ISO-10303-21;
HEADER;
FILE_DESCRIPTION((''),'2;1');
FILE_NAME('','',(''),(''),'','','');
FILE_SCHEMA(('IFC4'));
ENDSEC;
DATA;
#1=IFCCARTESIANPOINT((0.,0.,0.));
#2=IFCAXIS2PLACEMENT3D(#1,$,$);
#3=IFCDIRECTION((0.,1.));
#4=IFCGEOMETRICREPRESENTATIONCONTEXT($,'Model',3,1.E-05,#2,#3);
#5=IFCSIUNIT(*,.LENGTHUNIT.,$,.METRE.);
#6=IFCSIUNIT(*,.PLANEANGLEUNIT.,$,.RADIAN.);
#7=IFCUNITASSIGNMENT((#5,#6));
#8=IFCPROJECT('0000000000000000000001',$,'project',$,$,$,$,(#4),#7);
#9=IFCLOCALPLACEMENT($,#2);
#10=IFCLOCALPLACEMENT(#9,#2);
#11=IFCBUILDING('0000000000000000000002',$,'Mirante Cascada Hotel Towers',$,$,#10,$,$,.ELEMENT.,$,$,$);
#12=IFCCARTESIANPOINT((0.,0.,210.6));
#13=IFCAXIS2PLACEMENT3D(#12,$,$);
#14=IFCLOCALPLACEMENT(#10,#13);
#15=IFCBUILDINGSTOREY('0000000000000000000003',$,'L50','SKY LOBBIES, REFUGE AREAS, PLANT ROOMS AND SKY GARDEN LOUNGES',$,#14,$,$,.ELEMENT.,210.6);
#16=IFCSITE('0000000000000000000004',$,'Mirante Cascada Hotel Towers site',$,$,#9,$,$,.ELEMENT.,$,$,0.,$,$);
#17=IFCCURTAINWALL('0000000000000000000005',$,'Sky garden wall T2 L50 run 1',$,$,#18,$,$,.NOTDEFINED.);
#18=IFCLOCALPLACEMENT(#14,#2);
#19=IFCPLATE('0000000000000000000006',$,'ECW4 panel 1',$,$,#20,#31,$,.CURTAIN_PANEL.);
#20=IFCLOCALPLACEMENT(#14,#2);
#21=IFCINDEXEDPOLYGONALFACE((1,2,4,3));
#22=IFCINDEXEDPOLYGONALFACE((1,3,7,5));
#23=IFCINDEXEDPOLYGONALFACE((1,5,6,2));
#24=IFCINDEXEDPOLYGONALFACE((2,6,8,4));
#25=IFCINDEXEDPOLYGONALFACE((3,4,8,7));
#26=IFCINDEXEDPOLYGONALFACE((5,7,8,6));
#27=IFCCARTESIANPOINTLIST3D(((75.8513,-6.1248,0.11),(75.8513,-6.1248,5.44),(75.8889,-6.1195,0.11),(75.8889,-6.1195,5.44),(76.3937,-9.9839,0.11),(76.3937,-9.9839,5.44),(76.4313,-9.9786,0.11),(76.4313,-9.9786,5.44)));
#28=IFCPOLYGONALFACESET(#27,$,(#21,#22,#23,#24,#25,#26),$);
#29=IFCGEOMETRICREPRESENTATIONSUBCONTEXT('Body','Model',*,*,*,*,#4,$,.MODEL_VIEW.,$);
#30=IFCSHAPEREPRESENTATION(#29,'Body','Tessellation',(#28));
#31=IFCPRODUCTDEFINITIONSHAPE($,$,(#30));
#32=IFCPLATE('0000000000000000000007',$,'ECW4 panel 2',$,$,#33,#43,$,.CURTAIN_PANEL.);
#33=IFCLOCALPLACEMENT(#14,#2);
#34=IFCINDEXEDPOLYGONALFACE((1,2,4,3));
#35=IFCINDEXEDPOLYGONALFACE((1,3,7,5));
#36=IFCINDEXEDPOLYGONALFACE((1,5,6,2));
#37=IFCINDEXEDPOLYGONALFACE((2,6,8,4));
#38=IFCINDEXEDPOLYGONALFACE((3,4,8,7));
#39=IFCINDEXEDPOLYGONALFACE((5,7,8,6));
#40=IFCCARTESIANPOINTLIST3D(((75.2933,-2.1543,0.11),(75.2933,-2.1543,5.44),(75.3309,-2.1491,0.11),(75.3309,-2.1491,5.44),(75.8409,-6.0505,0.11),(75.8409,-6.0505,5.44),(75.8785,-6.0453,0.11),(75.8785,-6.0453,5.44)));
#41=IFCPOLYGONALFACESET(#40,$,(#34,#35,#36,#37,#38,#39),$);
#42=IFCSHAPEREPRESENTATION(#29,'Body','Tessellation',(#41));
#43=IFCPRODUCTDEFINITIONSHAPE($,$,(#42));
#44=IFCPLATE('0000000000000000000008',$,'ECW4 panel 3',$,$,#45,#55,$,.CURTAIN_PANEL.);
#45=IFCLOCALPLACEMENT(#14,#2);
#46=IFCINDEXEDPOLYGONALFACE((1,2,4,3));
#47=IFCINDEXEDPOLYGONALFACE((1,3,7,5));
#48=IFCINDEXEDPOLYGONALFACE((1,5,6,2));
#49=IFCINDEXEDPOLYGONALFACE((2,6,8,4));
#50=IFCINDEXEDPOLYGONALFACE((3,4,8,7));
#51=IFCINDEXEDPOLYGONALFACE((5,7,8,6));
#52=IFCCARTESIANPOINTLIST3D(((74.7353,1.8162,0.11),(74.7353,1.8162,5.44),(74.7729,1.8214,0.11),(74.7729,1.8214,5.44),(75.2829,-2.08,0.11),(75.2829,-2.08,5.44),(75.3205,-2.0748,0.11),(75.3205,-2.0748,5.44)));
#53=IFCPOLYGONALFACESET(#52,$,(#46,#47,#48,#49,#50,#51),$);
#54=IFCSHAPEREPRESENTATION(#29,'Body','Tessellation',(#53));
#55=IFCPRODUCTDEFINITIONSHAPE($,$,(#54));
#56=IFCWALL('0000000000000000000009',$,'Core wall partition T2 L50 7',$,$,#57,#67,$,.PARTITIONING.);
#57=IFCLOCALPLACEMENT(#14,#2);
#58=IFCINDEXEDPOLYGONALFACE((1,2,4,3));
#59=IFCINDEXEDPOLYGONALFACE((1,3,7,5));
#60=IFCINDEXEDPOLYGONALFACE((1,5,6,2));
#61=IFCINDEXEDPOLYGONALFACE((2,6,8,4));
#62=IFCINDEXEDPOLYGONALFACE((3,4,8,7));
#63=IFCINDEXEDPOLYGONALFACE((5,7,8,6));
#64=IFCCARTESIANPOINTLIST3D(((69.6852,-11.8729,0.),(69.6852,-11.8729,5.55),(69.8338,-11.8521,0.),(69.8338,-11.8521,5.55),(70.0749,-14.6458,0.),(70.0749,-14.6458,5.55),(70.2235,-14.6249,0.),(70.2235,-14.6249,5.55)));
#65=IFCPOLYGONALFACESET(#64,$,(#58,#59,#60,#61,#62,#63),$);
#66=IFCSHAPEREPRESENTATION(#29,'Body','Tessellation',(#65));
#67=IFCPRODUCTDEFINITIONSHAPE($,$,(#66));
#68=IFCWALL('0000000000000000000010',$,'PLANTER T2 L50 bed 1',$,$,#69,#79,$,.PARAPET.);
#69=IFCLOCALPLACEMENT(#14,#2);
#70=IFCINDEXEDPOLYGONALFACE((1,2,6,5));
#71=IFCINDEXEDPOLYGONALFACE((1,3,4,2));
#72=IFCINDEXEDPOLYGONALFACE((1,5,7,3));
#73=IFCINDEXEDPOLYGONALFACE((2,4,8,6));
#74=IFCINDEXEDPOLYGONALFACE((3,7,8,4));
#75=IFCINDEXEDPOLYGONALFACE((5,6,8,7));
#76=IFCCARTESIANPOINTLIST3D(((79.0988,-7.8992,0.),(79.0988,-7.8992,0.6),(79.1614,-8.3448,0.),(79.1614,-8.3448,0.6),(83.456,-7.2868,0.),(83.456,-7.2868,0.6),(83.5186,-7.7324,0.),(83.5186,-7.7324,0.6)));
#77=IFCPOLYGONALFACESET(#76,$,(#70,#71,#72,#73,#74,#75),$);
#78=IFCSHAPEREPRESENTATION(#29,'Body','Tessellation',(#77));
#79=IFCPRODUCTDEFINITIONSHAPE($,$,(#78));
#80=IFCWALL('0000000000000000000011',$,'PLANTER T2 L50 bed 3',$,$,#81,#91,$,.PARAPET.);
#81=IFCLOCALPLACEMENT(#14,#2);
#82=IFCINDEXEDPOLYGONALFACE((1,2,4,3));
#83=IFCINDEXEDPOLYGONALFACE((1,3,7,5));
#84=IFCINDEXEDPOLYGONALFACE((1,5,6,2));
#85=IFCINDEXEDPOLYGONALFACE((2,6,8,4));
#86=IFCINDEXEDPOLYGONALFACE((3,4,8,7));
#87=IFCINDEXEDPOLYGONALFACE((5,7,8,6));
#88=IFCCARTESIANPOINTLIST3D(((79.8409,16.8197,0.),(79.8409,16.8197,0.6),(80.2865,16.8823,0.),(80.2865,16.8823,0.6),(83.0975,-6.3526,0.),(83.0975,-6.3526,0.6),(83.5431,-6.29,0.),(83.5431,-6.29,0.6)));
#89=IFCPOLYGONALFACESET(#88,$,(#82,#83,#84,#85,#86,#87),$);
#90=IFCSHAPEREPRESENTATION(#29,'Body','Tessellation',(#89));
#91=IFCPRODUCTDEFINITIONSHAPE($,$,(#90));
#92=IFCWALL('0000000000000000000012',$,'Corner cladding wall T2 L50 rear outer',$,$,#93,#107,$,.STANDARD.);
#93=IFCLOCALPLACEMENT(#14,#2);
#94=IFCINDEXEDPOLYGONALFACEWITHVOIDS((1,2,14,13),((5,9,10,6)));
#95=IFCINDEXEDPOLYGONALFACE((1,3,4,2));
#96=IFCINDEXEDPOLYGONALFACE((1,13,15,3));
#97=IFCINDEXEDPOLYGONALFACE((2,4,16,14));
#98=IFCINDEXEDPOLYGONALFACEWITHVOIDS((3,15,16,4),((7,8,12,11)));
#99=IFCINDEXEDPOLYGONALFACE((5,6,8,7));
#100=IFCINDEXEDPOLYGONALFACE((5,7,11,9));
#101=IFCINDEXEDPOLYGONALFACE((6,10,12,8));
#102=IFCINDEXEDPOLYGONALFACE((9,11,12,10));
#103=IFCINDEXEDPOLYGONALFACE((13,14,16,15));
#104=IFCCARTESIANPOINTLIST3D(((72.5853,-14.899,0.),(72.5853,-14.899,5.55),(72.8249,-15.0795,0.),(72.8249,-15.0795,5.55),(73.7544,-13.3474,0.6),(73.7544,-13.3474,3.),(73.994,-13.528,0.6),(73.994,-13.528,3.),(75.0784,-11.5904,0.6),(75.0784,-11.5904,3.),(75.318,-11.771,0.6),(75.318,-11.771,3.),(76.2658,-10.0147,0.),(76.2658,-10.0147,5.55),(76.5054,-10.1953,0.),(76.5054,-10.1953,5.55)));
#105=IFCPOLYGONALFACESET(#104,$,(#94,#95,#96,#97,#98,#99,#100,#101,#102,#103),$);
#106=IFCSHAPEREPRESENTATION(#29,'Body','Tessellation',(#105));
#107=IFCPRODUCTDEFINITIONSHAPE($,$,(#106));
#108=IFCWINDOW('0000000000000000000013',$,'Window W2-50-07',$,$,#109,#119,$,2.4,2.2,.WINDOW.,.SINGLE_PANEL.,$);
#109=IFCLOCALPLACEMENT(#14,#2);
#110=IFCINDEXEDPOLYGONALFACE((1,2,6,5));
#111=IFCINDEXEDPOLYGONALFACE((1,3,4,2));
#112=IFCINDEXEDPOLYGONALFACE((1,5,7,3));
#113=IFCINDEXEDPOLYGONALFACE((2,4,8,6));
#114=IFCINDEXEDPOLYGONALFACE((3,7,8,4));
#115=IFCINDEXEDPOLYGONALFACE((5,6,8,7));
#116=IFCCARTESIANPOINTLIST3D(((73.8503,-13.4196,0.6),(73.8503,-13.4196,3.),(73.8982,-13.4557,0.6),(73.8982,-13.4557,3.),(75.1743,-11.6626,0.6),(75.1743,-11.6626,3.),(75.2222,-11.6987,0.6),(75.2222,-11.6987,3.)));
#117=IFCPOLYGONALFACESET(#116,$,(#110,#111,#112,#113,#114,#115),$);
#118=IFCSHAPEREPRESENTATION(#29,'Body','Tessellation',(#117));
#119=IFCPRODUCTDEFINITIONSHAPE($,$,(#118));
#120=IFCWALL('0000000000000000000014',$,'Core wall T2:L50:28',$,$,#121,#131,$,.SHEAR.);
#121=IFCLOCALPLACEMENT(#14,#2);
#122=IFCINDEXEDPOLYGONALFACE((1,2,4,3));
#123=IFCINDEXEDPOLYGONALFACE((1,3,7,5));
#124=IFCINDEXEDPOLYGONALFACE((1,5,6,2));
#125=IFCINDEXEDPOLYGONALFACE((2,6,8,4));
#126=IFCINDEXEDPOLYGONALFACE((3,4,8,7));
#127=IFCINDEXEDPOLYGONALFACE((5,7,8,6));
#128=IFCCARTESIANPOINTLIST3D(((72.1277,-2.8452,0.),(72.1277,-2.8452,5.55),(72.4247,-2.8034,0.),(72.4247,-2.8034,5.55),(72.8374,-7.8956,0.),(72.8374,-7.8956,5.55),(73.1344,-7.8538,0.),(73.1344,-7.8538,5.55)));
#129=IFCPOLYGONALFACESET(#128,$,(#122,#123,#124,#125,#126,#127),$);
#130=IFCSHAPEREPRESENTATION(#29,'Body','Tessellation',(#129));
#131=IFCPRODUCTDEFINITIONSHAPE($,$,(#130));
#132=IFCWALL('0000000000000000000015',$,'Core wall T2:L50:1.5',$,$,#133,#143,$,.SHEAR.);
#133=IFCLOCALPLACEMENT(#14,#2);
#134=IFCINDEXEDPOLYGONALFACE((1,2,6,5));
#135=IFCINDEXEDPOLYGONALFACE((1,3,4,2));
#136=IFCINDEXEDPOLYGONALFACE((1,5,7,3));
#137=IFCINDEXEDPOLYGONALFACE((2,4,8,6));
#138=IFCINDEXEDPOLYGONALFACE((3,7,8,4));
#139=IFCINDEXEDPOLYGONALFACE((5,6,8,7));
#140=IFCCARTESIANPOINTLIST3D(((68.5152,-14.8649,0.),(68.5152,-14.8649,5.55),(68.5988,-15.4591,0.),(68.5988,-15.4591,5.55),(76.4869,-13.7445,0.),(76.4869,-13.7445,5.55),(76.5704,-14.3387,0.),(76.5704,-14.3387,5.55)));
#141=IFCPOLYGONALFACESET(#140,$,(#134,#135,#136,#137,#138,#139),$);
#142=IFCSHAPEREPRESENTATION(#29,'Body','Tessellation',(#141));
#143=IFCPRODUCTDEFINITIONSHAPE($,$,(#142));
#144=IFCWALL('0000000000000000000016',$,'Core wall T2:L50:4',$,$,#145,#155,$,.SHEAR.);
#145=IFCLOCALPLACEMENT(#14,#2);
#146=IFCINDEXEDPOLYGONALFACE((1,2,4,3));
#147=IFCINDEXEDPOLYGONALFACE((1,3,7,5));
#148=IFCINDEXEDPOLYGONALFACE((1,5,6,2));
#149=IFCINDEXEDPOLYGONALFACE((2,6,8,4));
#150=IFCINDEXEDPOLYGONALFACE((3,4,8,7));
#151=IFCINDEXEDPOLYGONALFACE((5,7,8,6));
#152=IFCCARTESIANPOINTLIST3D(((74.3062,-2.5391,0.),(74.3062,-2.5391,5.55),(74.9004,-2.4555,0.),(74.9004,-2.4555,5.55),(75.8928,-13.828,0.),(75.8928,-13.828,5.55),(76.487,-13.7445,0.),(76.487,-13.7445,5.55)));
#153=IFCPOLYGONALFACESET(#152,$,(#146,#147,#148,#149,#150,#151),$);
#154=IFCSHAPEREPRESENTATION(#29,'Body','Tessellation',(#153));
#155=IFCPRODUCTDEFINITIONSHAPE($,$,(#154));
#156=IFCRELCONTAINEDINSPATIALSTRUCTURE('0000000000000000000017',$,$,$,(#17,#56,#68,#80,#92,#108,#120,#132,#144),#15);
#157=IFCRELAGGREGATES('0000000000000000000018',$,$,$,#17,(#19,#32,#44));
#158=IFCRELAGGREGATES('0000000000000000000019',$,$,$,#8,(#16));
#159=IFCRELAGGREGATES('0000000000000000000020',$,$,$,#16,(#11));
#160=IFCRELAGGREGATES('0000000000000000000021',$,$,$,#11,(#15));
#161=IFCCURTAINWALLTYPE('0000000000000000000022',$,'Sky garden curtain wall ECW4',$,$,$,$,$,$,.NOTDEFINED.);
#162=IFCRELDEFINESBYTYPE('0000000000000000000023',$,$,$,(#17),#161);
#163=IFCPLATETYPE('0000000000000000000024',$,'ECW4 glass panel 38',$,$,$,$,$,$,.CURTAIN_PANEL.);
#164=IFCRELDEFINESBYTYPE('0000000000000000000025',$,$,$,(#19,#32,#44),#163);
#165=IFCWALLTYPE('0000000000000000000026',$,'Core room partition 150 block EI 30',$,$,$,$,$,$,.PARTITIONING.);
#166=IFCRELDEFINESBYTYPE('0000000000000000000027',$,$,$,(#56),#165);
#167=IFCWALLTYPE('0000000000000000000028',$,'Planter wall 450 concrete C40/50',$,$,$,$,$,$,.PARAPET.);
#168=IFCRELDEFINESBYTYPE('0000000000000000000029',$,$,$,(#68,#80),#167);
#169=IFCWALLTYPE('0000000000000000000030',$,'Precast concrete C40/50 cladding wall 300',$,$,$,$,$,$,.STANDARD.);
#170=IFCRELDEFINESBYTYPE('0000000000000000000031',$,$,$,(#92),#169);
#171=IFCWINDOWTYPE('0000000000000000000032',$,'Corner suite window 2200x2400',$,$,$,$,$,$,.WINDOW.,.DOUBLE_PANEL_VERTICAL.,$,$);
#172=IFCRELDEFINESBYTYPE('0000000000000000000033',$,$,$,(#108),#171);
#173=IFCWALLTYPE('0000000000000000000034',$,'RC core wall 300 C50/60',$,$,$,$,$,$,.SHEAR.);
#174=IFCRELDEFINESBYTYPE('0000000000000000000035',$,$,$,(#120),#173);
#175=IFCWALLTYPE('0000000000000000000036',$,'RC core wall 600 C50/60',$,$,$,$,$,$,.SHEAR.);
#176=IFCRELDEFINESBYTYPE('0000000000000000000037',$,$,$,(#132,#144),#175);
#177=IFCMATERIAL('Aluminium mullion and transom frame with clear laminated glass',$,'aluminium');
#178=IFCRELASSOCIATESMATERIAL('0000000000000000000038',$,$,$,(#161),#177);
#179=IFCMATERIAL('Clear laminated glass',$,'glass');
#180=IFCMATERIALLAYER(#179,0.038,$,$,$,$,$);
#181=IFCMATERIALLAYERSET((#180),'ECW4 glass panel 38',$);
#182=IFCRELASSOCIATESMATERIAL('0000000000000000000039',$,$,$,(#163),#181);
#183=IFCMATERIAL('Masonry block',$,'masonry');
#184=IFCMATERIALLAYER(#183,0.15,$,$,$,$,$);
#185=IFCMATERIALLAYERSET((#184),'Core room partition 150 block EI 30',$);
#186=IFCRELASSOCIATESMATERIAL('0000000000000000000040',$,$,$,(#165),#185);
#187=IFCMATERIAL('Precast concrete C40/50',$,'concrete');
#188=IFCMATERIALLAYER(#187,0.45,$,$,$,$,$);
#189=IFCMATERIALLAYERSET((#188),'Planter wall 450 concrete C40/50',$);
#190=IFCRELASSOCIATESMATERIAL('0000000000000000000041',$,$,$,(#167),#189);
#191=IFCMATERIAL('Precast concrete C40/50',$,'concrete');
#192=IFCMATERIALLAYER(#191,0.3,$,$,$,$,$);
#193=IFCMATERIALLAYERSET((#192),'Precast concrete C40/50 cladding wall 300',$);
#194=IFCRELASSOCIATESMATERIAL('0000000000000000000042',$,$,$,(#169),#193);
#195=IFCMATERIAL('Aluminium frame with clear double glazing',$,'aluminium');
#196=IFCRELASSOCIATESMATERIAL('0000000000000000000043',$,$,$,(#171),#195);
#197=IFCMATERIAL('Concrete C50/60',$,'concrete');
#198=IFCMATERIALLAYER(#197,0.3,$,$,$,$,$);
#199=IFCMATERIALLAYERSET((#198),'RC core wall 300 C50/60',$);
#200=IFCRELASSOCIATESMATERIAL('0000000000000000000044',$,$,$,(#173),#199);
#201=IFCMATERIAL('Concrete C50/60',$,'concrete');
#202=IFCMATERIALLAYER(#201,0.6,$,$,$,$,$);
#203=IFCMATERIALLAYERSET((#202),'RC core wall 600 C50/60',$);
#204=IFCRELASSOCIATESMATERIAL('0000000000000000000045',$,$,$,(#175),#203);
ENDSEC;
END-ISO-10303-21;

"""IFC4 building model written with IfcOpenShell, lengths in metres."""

from ifc_helpers import new_model, si_unit, direction, frame, frame_2d, origin, origin_2d, place, context, subcontext, project, spatial, rectangle, extrude, material, layer, layer_set, type_object, element, fill, aggregate, save


model = new_model("IFC4")

# Units and contexts
model_context = context("Model", 3, precision=1e-05, world=origin(), true_north=direction((0.0, 1.0)))
body_context = subcontext(model_context, "Body", "Model", "MODEL_VIEW")
ifc_project = project(units=[si_unit("LENGTHUNIT", "METRE"), si_unit("PLANEANGLEUNIT", "RADIAN")], contexts=[model_context])

# Site, building, storey
site_placement = place(None, origin())
site = spatial("IfcSite", under=ifc_project, at=site_placement, Name="Mirante Cascada Hotel Towers site", CompositionType="ELEMENT", RefElevation=0.0)
building_placement = place(site_placement, origin())
building = spatial("IfcBuilding", under=site, at=building_placement, Name="Mirante Cascada Hotel Towers", CompositionType="ELEMENT")
storey_placement = place(building_placement, frame((0.0, 0.0, 210.6)))
storey = spatial("IfcBuildingStorey", under=building, at=storey_placement, Name="L50", Description="SKY LOBBIES, REFUGE AREAS, PLANT ROOMS AND SKY GARDEN LOUNGES", CompositionType="ELEMENT", Elevation=210.6)

# Curtain wall, plates
ifc_material_1 = material(Name="Aluminium mullion and transom frame with clear laminated glass", Category="aluminium")
curtain_wall_type = type_object("IfcCurtainWallType", Name="Sky garden curtain wall ECW4", PredefinedType="NOTDEFINED", material=ifc_material_1)
curtain_wall_placement = place(storey_placement, origin())
curtain_wall = element("IfcCurtainWall", 1, at=curtain_wall_placement, inside=storey, type_object=curtain_wall_type, Name="Sky garden wall T2 L50 run 1", PredefinedType="NOTDEFINED")
ifc_material_2 = material(Name="Clear laminated glass", Category="glass")
ifc_layer_1 = layer(ifc_material_2, 0.038)
ifc_layer_set_1 = layer_set([ifc_layer_1], Name="ECW4 glass panel 38")
plate_type = type_object("IfcPlateType", Name="ECW4 glass panel 38", PredefinedType="CURTAIN_PANEL", material=ifc_layer_set_1)
plate_1_placement = place(storey_placement, frame((76.1413, -8.0517, 0.11), z_axis=(0.0, 0.0, 1.0), x_axis=(-0.139173, 0.990268, 0.0)))
plate_1 = element("IfcPlate", 2, at=plate_1_placement, type_object=plate_type, Name="ECW4 panel 1", PredefinedType="CURTAIN_PANEL", context=body_context, shape_type="SweptSolid", body=[
    extrude(rectangle(XDim=3.897, YDim=0.038, at=origin_2d()), origin(), (0.0, 0.0, 1.0), 5.33),
])
plate_2_placement = place(storey_placement, frame((75.5859, -4.0998, 0.11), z_axis=(0.0, 0.0, 1.0), x_axis=(-0.139173, 0.990268, 0.0)))
plate_2 = element("IfcPlate", 3, at=plate_2_placement, type_object=plate_type, Name="ECW4 panel 2", PredefinedType="CURTAIN_PANEL", context=body_context, shape_type="SweptSolid", body=[
    extrude(rectangle(XDim=3.9345, YDim=0.038, at=origin_2d()), origin(), (0.0, 0.0, 1.0), 5.33),
])
plate_3_placement = place(storey_placement, frame((75.0279, -0.1293, 0.11), z_axis=(0.0, 0.0, 1.0), x_axis=(-0.139173, 0.990268, 0.0)))
plate_3 = element("IfcPlate", 4, at=plate_3_placement, type_object=plate_type, Name="ECW4 panel 3", PredefinedType="CURTAIN_PANEL", context=body_context, shape_type="SweptSolid", body=[
    extrude(rectangle(XDim=3.9345, YDim=0.038, at=origin_2d()), origin(), (0.0, 0.0, 1.0), 5.33),
])
aggregate(curtain_wall, [plate_1, plate_2, plate_3])

# Walls
ifc_material_3 = material(Name="Masonry block", Category="masonry")
ifc_layer_2 = layer(ifc_material_3, 0.15)
ifc_layer_set_2 = layer_set([ifc_layer_2], Name="Core room partition 150 block EI 30")
wall_type_1 = type_object("IfcWallType", Name="Core room partition 150 block EI 30", PredefinedType="PARTITIONING", material=ifc_layer_set_2)
wall_1_placement = place(storey_placement, frame((70.1492, -14.6353, 0.0), z_axis=(0.0, 0.0, 1.0), x_axis=(-0.139176, 0.990268, 0.0)))
element("IfcWall", 5, at=wall_1_placement, inside=storey, type_object=wall_type_1, Name="Core wall partition T2 L50 7", PredefinedType="PARTITIONING", context=body_context, shape_type="SweptSolid", body=[
    extrude(rectangle(XDim=2.8001, YDim=0.15, at=frame_2d((1.4, 0.0))), origin(), (0.0, 0.0, 1.0), 5.55),
])
ifc_material_4 = material(Name="Precast concrete C40/50", Category="concrete")
ifc_layer_3 = layer(ifc_material_4, 0.45)
ifc_layer_set_3 = layer_set([ifc_layer_3], Name="Planter wall 450 concrete C40/50")
wall_type_2 = type_object("IfcWallType", Name="Planter wall 450 concrete C40/50", PredefinedType="PARAPET", material=ifc_layer_set_3)
wall_2_placement = place(storey_placement, frame((79.1301, -8.122, 0.0), z_axis=(0.0, 0.0, 1.0), x_axis=(0.990267, 0.139181, 0.0)))
element("IfcWall", 6, at=wall_2_placement, inside=storey, type_object=wall_type_2, Name="PLANTER T2 L50 bed 1", PredefinedType="PARAPET", context=body_context, shape_type="SweptSolid", body=[
    extrude(rectangle(XDim=4.4, YDim=0.45, at=frame_2d((2.2, 0.0))), origin(), (0.0, 0.0, 1.0), 0.6),
])
wall_3_placement = place(storey_placement, frame((83.3203, -6.3213, 0.0), z_axis=(0.0, 0.0, 1.0), x_axis=(-0.139171, 0.990268, 0.0)))
element("IfcWall", 7, at=wall_3_placement, inside=storey, type_object=wall_type_2, Name="PLANTER T2 L50 bed 3", PredefinedType="PARAPET", context=body_context, shape_type="SweptSolid", body=[
    extrude(rectangle(XDim=23.4, YDim=0.45, at=frame_2d((11.7, 0.0))), origin(), (0.0, 0.0, 1.0), 0.6),
])

# Wall, opening, window
ifc_material_5 = material(Name="Precast concrete C40/50", Category="concrete")
ifc_layer_4 = layer(ifc_material_5, 0.3)
ifc_layer_set_4 = layer_set([ifc_layer_4], Name="Precast concrete C40/50 cladding wall 300")
wall_type_3 = type_object("IfcWallType", Name="Precast concrete C40/50 cladding wall 300", PredefinedType="STANDARD", material=ifc_layer_set_4)
wall_4_placement = place(storey_placement, frame((72.7051, -14.9892, 0.0), z_axis=(0.0, 0.0, 1.0), x_axis=(0.601814, 0.798636, 0.0)))
wall_4 = element("IfcWall", 8, at=wall_4_placement, inside=storey, type_object=wall_type_3, Name="Corner cladding wall T2 L50 rear outer", PredefinedType="STANDARD", context=body_context, shape_type="SweptSolid", body=[
    extrude(rectangle(XDim=6.1157, YDim=0.3, at=frame_2d((3.0578, 0.0))), origin(), (0.0, 0.0, 1.0), 5.55),
])
opening_1_placement = place(wall_4_placement, frame((1.9427, 0.0, 0.6)))
opening_1 = element("IfcOpeningElement", 9, at=opening_1_placement, cuts=wall_4, PredefinedType="OPENING", context=body_context, shape_type="SweptSolid", body=[
    extrude(rectangle(XDim=2.2, YDim=2.4, at=frame_2d((1.1, 1.2))), frame((0.0, 0.15, 0.0), z_axis=(0.0, -1.0, 0.0), x_axis=(1.0, 0.0, 0.0)), (0.0, 0.0, 1.0), 0.3),
])
ifc_material_6 = material(Name="Aluminium frame with clear double glazing", Category="aluminium")
window_type = type_object("IfcWindowType", Name="Corner suite window 2200x2400", PartitioningType="DOUBLE_PANEL_VERTICAL", PredefinedType="WINDOW", material=ifc_material_6)
window_placement = place(opening_1_placement, origin())
window = element("IfcWindow", 10, at=window_placement, inside=storey, type_object=window_type, Name="Window W2-50-07", OverallHeight=2.4, OverallWidth=2.2, PartitioningType="SINGLE_PANEL", PredefinedType="WINDOW", context=body_context, shape_type="SweptSolid", body=[
    extrude(rectangle(XDim=2.2, YDim=2.4, at=frame_2d((1.1, 1.2))), frame((0.0, 0.03, 0.0), z_axis=(0.0, -1.0, 0.0), x_axis=(1.0, 0.0, 0.0)), (0.0, 0.0, 1.0), 0.06),
])
fill(opening_1, window)

# Walls
ifc_material_7 = material(Name="Concrete C50/60", Category="concrete")
ifc_layer_5 = layer(ifc_material_7, 0.3)
ifc_layer_set_5 = layer_set([ifc_layer_5], Name="RC core wall 300 C50/60")
wall_type_4 = type_object("IfcWallType", Name="RC core wall 300 C50/60", PredefinedType="SHEAR", material=ifc_layer_set_5)
wall_5_placement = place(storey_placement, frame((72.9859, -7.8747, 0.0), z_axis=(0.0, 0.0, 1.0), x_axis=(-0.139156, 0.99027, 0.0)))
element("IfcWall", 11, at=wall_5_placement, inside=storey, type_object=wall_type_4, Name="Core wall T2:L50:28", PredefinedType="SHEAR", context=body_context, shape_type="SweptSolid", body=[
    extrude(rectangle(XDim=5.1, YDim=0.3, at=frame_2d((2.55, 0.0))), origin(), (0.0, 0.0, 1.0), 5.55),
])
ifc_material_8 = material(Name="Concrete C50/60", Category="concrete")
ifc_layer_6 = layer(ifc_material_8, 0.6)
ifc_layer_set_6 = layer_set([ifc_layer_6], Name="RC core wall 600 C50/60")
wall_type_5 = type_object("IfcWallType", Name="RC core wall 600 C50/60", PredefinedType="SHEAR", material=ifc_layer_set_6)
wall_6_placement = place(storey_placement, frame((68.557, -15.162, 0.0), z_axis=(0.0, 0.0, 1.0), x_axis=(0.990267, 0.139179, 0.0)))
element("IfcWall", 12, at=wall_6_placement, inside=storey, type_object=wall_type_5, Name="Core wall T2:L50:1.5", PredefinedType="SHEAR", context=body_context, shape_type="SweptSolid", body=[
    extrude(rectangle(XDim=8.05, YDim=0.6, at=frame_2d((4.025, 0.0))), origin(), (0.0, 0.0, 1.0), 5.55),
])
wall_7_placement = place(storey_placement, frame((76.1899, -13.7863, 0.0), z_axis=(0.0, 0.0, 1.0), x_axis=(-0.139176, 0.990268, 0.0)))
element("IfcWall", 13, at=wall_7_placement, inside=storey, type_object=wall_type_5, Name="Core wall T2:L50:4", PredefinedType="SHEAR", context=body_context, shape_type="SweptSolid", body=[
    extrude(rectangle(XDim=11.3999, YDim=0.6, at=frame_2d((5.7, 0.0))), origin(), (0.0, 0.0, 1.0), 5.55),
])

save(model, "model.ifc")
